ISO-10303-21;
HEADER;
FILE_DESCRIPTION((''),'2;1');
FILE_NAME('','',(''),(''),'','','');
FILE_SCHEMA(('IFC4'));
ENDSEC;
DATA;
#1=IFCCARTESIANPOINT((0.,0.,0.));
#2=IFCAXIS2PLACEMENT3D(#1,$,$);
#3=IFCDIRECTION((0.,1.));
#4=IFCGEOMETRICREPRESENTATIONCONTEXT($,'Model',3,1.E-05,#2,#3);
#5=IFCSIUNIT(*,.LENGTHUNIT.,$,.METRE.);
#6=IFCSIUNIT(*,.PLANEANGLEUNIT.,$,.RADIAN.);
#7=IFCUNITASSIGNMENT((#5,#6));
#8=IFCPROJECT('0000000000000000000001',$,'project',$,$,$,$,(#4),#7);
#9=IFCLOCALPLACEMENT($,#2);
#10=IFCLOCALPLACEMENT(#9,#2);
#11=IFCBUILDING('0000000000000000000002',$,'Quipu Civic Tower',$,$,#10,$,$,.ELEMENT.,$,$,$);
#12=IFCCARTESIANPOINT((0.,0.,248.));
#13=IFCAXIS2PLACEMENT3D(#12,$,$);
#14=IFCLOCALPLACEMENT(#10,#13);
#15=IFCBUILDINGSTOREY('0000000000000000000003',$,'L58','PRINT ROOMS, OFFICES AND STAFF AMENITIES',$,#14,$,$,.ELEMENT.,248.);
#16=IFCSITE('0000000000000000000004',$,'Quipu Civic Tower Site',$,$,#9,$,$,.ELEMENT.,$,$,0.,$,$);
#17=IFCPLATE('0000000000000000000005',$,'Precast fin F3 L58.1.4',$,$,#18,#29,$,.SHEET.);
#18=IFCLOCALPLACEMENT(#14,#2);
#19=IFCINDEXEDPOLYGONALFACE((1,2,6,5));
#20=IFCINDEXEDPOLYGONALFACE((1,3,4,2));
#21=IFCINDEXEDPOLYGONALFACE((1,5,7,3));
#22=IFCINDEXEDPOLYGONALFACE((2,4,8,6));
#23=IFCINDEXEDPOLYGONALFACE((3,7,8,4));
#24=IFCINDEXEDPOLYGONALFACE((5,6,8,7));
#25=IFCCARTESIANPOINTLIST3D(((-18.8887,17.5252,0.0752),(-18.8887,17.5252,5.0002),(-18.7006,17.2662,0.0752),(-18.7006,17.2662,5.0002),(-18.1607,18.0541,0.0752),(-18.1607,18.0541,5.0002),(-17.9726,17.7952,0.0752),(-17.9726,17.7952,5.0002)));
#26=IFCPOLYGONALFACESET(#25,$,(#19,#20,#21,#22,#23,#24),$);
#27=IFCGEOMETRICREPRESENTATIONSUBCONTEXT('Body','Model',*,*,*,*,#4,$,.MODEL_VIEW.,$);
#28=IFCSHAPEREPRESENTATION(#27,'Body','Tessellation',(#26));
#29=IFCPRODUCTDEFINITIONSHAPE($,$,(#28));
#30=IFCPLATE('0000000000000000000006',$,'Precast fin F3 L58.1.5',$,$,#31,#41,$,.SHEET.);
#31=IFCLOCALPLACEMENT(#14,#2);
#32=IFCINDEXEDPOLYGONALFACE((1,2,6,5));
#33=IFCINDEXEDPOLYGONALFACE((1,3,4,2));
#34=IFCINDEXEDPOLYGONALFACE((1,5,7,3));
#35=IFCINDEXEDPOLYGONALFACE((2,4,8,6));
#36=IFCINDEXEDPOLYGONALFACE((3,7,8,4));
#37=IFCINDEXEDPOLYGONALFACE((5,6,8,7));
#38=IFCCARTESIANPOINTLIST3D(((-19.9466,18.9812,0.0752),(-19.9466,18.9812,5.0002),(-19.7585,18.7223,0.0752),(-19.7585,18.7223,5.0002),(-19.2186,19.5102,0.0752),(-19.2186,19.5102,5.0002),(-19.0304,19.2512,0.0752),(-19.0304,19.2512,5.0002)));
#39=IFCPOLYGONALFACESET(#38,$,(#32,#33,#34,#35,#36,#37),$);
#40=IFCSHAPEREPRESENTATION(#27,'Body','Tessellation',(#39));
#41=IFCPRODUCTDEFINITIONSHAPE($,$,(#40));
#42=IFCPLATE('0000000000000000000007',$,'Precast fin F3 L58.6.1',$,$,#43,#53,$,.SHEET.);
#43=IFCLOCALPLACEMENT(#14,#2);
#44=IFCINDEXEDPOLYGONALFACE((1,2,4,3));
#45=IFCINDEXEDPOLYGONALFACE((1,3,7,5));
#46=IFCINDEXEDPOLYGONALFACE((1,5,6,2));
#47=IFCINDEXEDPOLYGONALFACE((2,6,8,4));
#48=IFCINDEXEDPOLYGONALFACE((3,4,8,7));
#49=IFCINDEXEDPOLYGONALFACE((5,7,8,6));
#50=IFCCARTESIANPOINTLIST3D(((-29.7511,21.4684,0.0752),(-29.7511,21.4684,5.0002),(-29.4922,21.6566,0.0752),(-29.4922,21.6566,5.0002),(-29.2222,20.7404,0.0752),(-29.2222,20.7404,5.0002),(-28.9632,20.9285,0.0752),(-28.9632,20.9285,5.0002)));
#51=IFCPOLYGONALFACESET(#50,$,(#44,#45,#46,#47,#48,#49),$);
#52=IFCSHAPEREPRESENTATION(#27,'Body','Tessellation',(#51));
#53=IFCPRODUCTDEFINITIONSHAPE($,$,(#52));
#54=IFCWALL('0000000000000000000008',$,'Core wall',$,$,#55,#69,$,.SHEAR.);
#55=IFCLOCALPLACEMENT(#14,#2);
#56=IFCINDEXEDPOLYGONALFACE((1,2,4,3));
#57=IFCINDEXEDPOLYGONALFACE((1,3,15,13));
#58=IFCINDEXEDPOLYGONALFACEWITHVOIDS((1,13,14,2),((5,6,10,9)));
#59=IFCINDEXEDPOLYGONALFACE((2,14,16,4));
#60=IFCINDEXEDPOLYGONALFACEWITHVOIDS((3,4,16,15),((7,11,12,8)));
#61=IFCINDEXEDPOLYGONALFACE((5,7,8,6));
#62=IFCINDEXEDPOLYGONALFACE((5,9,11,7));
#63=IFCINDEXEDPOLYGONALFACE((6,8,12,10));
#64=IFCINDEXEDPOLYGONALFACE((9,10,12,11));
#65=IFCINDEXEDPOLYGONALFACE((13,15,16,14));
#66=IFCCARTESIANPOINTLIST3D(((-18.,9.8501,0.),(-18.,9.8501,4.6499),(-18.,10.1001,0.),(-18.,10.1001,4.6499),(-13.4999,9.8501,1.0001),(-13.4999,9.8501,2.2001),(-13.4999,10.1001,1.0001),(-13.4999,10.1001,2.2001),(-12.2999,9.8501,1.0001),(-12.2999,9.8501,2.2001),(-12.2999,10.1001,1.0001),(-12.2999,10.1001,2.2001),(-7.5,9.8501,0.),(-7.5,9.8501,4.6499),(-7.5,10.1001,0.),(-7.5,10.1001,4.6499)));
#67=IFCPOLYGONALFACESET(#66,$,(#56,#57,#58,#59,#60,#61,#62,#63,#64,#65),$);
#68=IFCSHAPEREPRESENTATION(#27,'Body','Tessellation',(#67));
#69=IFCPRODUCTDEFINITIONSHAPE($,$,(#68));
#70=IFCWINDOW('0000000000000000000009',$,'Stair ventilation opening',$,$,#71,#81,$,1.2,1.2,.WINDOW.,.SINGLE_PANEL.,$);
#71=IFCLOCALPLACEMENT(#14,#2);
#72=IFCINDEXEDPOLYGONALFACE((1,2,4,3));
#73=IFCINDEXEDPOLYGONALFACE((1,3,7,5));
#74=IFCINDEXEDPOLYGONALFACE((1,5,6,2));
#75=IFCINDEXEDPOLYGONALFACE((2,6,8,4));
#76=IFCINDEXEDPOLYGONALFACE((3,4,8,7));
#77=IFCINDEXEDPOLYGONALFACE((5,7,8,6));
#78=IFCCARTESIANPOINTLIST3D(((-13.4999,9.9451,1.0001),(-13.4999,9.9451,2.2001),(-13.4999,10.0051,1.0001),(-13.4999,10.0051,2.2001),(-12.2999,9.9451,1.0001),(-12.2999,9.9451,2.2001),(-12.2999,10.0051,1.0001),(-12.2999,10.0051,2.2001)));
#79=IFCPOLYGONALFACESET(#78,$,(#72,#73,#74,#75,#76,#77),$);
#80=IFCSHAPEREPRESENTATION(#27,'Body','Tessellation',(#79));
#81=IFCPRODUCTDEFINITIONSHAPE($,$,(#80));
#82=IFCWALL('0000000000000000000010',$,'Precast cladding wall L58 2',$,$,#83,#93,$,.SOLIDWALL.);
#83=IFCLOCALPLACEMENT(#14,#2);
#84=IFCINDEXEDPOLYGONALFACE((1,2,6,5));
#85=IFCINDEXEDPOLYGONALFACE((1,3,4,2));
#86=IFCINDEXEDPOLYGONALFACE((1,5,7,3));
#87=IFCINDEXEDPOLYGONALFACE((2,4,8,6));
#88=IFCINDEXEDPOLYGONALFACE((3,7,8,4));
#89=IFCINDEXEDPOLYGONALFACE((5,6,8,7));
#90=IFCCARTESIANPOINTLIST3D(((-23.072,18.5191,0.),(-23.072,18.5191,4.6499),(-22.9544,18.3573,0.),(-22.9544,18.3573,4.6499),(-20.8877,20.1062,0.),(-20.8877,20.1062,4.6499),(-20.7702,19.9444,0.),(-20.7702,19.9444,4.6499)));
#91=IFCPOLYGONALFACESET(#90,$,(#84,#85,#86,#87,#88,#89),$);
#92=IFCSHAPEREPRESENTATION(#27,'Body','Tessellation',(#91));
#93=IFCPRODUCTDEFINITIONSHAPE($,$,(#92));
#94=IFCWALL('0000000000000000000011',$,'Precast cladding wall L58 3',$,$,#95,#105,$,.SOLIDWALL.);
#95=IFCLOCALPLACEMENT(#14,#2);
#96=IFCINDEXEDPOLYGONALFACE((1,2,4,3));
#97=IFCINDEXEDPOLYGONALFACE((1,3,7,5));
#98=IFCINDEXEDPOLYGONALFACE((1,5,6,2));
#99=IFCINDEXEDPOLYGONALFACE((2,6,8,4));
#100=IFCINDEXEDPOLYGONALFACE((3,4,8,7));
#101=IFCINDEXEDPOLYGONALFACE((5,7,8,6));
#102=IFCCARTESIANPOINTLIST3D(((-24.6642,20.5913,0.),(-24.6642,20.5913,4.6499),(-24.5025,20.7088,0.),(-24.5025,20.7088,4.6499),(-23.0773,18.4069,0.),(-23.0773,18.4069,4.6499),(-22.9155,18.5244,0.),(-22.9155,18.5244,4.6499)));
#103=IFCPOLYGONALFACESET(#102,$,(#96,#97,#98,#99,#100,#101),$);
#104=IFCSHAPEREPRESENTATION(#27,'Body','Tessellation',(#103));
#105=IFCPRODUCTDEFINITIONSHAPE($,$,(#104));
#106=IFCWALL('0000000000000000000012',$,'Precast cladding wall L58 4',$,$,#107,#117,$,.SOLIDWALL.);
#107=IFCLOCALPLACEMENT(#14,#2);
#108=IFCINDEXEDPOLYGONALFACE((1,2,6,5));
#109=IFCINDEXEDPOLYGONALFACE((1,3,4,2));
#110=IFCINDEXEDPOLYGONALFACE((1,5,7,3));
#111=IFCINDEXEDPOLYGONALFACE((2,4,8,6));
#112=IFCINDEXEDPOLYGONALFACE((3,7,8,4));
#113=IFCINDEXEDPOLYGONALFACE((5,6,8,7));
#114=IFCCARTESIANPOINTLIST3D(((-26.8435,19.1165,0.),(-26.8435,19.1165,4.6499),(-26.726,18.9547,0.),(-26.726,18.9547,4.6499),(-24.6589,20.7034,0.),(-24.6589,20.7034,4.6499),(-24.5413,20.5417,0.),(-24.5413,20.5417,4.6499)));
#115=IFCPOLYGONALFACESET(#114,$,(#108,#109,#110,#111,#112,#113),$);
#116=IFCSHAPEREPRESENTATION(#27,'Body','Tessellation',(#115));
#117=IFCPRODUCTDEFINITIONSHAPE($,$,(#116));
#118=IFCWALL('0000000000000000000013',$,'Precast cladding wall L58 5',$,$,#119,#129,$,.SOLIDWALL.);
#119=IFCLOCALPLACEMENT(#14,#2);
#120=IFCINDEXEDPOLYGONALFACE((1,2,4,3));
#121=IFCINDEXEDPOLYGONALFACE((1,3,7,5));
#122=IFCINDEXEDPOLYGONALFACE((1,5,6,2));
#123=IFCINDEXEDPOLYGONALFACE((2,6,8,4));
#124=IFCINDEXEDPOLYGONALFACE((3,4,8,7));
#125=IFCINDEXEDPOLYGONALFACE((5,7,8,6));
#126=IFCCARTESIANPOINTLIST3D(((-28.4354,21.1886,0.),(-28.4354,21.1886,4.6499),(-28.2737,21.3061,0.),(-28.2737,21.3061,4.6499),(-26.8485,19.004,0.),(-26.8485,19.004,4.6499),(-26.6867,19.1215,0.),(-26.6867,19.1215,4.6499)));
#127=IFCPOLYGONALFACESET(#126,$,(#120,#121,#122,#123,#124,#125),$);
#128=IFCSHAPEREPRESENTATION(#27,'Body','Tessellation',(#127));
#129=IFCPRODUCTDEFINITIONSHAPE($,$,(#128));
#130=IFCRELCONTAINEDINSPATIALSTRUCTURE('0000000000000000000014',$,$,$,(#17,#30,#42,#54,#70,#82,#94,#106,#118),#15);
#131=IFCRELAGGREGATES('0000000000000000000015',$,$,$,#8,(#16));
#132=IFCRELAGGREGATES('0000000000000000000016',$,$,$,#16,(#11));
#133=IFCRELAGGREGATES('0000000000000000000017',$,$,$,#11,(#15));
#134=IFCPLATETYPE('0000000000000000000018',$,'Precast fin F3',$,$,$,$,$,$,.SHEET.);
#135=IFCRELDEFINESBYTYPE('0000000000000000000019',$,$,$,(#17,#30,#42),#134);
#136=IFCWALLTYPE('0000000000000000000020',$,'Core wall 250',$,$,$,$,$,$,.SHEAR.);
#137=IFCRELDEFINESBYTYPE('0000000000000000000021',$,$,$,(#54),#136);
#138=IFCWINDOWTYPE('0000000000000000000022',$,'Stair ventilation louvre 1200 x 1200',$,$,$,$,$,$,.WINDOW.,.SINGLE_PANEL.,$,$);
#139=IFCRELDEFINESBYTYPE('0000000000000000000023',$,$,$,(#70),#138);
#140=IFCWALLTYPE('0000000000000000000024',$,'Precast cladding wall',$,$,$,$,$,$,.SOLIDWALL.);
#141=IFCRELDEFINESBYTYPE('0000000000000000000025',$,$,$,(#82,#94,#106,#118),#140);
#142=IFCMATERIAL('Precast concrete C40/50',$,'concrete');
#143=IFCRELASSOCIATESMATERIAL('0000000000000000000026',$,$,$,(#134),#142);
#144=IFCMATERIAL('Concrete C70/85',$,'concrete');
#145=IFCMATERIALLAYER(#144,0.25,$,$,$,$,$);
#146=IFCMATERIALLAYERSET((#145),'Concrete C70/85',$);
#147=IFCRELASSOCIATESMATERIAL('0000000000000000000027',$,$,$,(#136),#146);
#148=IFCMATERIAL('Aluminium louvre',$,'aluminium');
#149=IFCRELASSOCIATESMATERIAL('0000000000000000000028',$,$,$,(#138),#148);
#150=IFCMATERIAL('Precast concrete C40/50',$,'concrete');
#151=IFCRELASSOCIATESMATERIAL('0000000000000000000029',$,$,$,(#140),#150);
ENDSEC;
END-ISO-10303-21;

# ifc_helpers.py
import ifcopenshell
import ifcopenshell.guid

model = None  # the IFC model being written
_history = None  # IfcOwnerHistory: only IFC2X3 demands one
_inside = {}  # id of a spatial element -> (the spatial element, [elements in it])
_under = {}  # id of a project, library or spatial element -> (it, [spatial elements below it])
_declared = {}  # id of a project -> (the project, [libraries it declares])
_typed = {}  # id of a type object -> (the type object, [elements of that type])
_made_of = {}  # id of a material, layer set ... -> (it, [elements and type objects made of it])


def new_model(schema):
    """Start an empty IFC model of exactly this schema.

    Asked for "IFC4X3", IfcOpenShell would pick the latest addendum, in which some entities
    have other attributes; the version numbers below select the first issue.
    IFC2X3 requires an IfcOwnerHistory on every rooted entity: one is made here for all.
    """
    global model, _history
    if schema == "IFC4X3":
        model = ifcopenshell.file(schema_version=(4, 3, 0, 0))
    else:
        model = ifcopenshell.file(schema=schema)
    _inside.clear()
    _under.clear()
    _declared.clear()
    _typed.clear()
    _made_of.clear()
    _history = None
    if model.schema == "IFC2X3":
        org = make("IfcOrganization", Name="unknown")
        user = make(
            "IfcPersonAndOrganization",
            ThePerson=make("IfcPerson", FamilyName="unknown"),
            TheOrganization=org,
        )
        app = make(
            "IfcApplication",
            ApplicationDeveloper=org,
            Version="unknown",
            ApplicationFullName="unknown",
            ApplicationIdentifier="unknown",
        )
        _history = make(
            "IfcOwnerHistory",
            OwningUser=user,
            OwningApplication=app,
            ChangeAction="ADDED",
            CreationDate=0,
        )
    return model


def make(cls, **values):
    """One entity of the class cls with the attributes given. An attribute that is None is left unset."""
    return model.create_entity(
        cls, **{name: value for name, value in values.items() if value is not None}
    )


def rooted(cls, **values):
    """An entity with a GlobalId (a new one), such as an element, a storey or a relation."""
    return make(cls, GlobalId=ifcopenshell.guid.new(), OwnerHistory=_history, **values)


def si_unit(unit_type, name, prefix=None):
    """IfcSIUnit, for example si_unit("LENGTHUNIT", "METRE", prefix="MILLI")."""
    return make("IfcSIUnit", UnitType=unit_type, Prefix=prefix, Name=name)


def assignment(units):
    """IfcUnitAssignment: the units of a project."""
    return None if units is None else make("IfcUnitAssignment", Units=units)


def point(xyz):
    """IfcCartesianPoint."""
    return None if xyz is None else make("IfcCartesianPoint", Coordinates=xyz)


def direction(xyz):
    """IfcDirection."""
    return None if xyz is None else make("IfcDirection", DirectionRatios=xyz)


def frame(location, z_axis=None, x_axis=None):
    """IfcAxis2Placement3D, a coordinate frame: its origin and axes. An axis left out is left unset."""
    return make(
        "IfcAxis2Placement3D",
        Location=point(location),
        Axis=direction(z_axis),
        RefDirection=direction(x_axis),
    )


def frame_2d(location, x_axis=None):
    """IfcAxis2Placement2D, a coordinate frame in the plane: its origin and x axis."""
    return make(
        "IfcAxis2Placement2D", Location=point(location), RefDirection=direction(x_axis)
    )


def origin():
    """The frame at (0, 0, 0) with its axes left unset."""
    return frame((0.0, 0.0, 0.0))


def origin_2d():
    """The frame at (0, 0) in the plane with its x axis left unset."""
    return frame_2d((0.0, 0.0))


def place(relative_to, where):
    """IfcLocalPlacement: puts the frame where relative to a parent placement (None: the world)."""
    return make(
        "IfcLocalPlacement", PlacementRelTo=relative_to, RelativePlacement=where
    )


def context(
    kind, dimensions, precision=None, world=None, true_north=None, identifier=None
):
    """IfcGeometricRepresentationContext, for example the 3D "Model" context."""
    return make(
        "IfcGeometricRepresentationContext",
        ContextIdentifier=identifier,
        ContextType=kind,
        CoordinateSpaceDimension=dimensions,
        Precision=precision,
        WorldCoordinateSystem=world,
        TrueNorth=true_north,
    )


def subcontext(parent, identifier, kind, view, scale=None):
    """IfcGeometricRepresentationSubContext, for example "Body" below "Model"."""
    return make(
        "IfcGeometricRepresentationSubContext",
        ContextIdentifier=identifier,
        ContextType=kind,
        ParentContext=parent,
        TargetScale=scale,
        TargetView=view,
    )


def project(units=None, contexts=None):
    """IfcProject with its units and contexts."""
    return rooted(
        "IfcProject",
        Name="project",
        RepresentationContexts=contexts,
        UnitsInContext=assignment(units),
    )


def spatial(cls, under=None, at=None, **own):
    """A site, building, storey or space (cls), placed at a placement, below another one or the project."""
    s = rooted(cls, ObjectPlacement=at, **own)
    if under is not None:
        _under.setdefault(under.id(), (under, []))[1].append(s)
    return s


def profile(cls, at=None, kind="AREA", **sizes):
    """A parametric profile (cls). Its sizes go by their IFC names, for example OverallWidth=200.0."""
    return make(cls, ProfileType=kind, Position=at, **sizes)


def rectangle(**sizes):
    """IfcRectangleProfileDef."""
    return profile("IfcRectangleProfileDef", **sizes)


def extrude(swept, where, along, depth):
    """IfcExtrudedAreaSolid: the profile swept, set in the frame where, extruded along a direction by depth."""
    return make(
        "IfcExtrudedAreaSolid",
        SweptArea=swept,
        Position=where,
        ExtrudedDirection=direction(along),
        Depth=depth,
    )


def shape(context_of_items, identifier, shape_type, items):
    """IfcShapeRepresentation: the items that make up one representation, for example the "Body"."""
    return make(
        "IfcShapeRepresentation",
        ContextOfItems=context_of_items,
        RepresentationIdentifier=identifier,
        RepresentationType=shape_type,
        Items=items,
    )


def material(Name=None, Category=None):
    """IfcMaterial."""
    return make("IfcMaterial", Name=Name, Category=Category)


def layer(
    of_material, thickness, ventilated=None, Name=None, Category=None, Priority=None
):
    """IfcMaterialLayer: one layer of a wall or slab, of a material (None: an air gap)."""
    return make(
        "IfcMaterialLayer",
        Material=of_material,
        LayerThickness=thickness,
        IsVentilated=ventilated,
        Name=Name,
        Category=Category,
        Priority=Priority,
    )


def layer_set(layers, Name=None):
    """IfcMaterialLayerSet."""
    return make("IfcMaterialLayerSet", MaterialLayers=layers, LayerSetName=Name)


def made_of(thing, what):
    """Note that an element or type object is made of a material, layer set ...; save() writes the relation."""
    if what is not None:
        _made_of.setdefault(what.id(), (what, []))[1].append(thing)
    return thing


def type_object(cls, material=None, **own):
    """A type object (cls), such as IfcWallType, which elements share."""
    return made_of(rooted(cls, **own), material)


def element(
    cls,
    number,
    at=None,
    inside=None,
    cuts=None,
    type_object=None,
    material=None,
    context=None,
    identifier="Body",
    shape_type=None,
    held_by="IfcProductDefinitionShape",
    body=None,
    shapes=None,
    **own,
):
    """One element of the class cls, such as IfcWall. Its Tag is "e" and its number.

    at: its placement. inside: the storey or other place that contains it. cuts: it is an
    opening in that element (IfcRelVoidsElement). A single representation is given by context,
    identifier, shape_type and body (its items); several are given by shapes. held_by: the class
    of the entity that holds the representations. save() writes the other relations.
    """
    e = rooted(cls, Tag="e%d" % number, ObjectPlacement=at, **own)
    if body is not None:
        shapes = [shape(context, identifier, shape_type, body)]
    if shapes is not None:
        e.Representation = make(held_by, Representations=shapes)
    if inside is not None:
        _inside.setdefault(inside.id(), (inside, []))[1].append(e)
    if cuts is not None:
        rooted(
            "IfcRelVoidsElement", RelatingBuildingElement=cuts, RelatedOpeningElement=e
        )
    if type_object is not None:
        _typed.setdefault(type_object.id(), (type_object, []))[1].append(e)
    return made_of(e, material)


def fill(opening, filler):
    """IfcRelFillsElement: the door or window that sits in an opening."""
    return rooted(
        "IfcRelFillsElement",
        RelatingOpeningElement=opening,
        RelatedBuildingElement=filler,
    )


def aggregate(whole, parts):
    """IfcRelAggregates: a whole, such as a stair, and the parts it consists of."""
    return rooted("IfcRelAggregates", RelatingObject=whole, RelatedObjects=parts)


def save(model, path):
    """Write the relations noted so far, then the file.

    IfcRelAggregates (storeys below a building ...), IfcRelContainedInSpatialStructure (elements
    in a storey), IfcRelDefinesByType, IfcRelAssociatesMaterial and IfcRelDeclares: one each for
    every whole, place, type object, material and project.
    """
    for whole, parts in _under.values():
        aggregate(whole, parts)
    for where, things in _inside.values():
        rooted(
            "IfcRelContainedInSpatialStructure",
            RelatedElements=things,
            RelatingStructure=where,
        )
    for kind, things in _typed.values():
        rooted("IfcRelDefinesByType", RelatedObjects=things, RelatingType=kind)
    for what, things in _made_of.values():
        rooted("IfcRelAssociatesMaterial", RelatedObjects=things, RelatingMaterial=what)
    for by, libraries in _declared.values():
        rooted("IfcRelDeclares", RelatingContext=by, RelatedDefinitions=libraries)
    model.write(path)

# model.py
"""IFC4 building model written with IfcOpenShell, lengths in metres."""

from ifc_helpers import new_model, si_unit, direction, frame, frame_2d, origin, origin_2d, place, context, subcontext, project, spatial, rectangle, extrude, material, layer, layer_set, type_object, element, fill, save


model = new_model("IFC4")

# Units and contexts
model_context = context("Model", 3, precision=1e-05, world=origin(), true_north=direction((0.0, 1.0)))
body_context = subcontext(model_context, "Body", "Model", "MODEL_VIEW")
ifc_project = project(units=[si_unit("LENGTHUNIT", "METRE"), si_unit("PLANEANGLEUNIT", "RADIAN")], contexts=[model_context])

# Site, building, storey
site_placement = place(None, origin())
site = spatial("IfcSite", under=ifc_project, at=site_placement, Name="Quipu Civic Tower Site", CompositionType="ELEMENT", RefElevation=0.0)
building_placement = place(site_placement, origin())
building = spatial("IfcBuilding", under=site, at=building_placement, Name="Quipu Civic Tower", CompositionType="ELEMENT")
storey_placement = place(building_placement, frame((0.0, 0.0, 248.0)))
storey = spatial("IfcBuildingStorey", under=building, at=storey_placement, Name="L58", Description="PRINT ROOMS, OFFICES AND STAFF AMENITIES", CompositionType="ELEMENT", Elevation=248.0)

# Plates
ifc_material_1 = material(Name="Precast concrete C40/50", Category="concrete")
plate_type = type_object("IfcPlateType", Name="Precast fin F3", PredefinedType="SHEET", material=ifc_material_1)
for number, where, z_axis, x_axis, name in (
    (1, (-18.4307, 17.6602, 0.0752), (0.0, 0.0, 1.0), (-0.587784, 0.809018, 0.0), "Precast fin F3 L58.1.4"),
    (2, (-19.4885, 19.1162, 0.0752), (0.0, 0.0, 1.0), (-0.587784, 0.809018, 0.0), "Precast fin F3 L58.1.5"),
    (3, (-29.3572, 21.1985, 0.0752), (0.0, 0.0, 1.0), (-0.809017, -0.587785, 0.0), "Precast fin F3 L58.6.1"),
):
    element("IfcPlate", number, at=place(storey_placement, frame(where, z_axis=z_axis, x_axis=x_axis)), inside=storey, type_object=plate_type, Name=name, PredefinedType="SHEET", context=body_context, shape_type="SweptSolid", body=[
        extrude(rectangle(XDim=0.3201, YDim=0.8999, at=origin_2d()), origin(), (0.0, 0.0, 1.0), 4.925),
    ])

# Wall, opening, window
ifc_material_2 = material(Name="Concrete C70/85", Category="concrete")
ifc_layer = layer(ifc_material_2, 0.25)
ifc_layer_set = layer_set([ifc_layer], Name="Concrete C70/85")
wall_type_1 = type_object("IfcWallType", Name="Core wall 250", PredefinedType="SHEAR", material=ifc_layer_set)
wall_placement = place(storey_placement, frame((-18.0, 9.9751, 0.0), z_axis=(0.0, 0.0, 1.0), x_axis=(1.0, 0.0, 0.0)))
wall = element("IfcWall", 4, at=wall_placement, inside=storey, type_object=wall_type_1, Name="Core wall", PredefinedType="SHEAR", context=body_context, shape_type="SweptSolid", body=[
    extrude(rectangle(XDim=10.5, YDim=0.25, at=frame_2d((5.25, 0.0))), origin(), (0.0, 0.0, 1.0), 4.6499),
])
opening_placement = place(wall_placement, frame((4.5, 0.0, 1.0)))
opening = element("IfcOpeningElement", 5, at=opening_placement, cuts=wall, PredefinedType="OPENING", context=body_context, shape_type="SweptSolid", body=[
    extrude(rectangle(XDim=1.2, YDim=1.2, at=frame_2d((0.6001, 0.6001))), frame((0.0, 0.135, 0.0), z_axis=(0.0, -1.0, 0.0), x_axis=(1.0, 0.0, 0.0)), (0.0, 0.0, 1.0), 0.27),
])
ifc_material_3 = material(Name="Aluminium louvre", Category="aluminium")
window_type = type_object("IfcWindowType", Name="Stair ventilation louvre 1200 x 1200", PartitioningType="SINGLE_PANEL", PredefinedType="WINDOW", material=ifc_material_3)
window_placement = place(opening_placement, origin())
window = element("IfcWindow", 6, at=window_placement, inside=storey, type_object=window_type, Name="Stair ventilation opening", OverallHeight=1.2, OverallWidth=1.2, PartitioningType="SINGLE_PANEL", PredefinedType="WINDOW", context=body_context, shape_type="SweptSolid", body=[
    extrude(rectangle(XDim=1.2, YDim=1.2, at=frame_2d((0.6001, 0.6001))), frame((0.0, 0.03, 0.0), z_axis=(0.0, -1.0, 0.0), x_axis=(1.0, 0.0, 0.0)), (0.0, 0.0, 1.0), 0.0601),
])
fill(opening, window)

# Walls
ifc_material_4 = material(Name="Precast concrete C40/50", Category="concrete")
wall_type_2 = type_object("IfcWallType", Name="Precast cladding wall", PredefinedType="SOLIDWALL", material=ifc_material_4)
for number, where, z_axis, x_axis, name in (
    (7, (-20.8289, 20.0254, 0.0), (0.0, 0.0, 1.0), (-0.80899, -0.587822, 0.0), "Precast cladding wall L58 2"),
    (8, (-22.9963, 18.4656, 0.0), (0.0, 0.0, 1.0), (-0.587763, 0.809033, 0.0), "Precast cladding wall L58 3"),
):
    element("IfcWall", number, at=place(storey_placement, frame(where, z_axis=z_axis, x_axis=x_axis)), inside=storey, type_object=wall_type_2, Name=name, PredefinedType="SOLIDWALL", context=body_context, shape_type="SweptSolid", body=[
        extrude(rectangle(XDim=2.7, YDim=0.2, at=frame_2d((1.3501, 0.0))), origin(), (0.0, 0.0, 1.0), 4.6499),
    ])
for number, where, z_axis, x_axis, name in (
    (9, (-24.6001, 20.6226, 0.0), (0.0, 0.0, 1.0), (-0.809064, -0.58772, 0.0), "Precast cladding wall L58 4"),
    (10, (-26.7676, 19.0627, 0.0), (0.0, 0.0, 1.0), (-0.58772, 0.809064, 0.0), "Precast cladding wall L58 5"),
):
    element("IfcWall", number, at=place(storey_placement, frame(where, z_axis=z_axis, x_axis=x_axis)), inside=storey, type_object=wall_type_2, Name=name, PredefinedType="SOLIDWALL", context=body_context, shape_type="SweptSolid", body=[
        extrude(rectangle(XDim=2.7002, YDim=0.2, at=frame_2d((1.3501, 0.0))), origin(), (0.0, 0.0, 1.0), 4.6499),
    ])

save(model, "model.ifc")
